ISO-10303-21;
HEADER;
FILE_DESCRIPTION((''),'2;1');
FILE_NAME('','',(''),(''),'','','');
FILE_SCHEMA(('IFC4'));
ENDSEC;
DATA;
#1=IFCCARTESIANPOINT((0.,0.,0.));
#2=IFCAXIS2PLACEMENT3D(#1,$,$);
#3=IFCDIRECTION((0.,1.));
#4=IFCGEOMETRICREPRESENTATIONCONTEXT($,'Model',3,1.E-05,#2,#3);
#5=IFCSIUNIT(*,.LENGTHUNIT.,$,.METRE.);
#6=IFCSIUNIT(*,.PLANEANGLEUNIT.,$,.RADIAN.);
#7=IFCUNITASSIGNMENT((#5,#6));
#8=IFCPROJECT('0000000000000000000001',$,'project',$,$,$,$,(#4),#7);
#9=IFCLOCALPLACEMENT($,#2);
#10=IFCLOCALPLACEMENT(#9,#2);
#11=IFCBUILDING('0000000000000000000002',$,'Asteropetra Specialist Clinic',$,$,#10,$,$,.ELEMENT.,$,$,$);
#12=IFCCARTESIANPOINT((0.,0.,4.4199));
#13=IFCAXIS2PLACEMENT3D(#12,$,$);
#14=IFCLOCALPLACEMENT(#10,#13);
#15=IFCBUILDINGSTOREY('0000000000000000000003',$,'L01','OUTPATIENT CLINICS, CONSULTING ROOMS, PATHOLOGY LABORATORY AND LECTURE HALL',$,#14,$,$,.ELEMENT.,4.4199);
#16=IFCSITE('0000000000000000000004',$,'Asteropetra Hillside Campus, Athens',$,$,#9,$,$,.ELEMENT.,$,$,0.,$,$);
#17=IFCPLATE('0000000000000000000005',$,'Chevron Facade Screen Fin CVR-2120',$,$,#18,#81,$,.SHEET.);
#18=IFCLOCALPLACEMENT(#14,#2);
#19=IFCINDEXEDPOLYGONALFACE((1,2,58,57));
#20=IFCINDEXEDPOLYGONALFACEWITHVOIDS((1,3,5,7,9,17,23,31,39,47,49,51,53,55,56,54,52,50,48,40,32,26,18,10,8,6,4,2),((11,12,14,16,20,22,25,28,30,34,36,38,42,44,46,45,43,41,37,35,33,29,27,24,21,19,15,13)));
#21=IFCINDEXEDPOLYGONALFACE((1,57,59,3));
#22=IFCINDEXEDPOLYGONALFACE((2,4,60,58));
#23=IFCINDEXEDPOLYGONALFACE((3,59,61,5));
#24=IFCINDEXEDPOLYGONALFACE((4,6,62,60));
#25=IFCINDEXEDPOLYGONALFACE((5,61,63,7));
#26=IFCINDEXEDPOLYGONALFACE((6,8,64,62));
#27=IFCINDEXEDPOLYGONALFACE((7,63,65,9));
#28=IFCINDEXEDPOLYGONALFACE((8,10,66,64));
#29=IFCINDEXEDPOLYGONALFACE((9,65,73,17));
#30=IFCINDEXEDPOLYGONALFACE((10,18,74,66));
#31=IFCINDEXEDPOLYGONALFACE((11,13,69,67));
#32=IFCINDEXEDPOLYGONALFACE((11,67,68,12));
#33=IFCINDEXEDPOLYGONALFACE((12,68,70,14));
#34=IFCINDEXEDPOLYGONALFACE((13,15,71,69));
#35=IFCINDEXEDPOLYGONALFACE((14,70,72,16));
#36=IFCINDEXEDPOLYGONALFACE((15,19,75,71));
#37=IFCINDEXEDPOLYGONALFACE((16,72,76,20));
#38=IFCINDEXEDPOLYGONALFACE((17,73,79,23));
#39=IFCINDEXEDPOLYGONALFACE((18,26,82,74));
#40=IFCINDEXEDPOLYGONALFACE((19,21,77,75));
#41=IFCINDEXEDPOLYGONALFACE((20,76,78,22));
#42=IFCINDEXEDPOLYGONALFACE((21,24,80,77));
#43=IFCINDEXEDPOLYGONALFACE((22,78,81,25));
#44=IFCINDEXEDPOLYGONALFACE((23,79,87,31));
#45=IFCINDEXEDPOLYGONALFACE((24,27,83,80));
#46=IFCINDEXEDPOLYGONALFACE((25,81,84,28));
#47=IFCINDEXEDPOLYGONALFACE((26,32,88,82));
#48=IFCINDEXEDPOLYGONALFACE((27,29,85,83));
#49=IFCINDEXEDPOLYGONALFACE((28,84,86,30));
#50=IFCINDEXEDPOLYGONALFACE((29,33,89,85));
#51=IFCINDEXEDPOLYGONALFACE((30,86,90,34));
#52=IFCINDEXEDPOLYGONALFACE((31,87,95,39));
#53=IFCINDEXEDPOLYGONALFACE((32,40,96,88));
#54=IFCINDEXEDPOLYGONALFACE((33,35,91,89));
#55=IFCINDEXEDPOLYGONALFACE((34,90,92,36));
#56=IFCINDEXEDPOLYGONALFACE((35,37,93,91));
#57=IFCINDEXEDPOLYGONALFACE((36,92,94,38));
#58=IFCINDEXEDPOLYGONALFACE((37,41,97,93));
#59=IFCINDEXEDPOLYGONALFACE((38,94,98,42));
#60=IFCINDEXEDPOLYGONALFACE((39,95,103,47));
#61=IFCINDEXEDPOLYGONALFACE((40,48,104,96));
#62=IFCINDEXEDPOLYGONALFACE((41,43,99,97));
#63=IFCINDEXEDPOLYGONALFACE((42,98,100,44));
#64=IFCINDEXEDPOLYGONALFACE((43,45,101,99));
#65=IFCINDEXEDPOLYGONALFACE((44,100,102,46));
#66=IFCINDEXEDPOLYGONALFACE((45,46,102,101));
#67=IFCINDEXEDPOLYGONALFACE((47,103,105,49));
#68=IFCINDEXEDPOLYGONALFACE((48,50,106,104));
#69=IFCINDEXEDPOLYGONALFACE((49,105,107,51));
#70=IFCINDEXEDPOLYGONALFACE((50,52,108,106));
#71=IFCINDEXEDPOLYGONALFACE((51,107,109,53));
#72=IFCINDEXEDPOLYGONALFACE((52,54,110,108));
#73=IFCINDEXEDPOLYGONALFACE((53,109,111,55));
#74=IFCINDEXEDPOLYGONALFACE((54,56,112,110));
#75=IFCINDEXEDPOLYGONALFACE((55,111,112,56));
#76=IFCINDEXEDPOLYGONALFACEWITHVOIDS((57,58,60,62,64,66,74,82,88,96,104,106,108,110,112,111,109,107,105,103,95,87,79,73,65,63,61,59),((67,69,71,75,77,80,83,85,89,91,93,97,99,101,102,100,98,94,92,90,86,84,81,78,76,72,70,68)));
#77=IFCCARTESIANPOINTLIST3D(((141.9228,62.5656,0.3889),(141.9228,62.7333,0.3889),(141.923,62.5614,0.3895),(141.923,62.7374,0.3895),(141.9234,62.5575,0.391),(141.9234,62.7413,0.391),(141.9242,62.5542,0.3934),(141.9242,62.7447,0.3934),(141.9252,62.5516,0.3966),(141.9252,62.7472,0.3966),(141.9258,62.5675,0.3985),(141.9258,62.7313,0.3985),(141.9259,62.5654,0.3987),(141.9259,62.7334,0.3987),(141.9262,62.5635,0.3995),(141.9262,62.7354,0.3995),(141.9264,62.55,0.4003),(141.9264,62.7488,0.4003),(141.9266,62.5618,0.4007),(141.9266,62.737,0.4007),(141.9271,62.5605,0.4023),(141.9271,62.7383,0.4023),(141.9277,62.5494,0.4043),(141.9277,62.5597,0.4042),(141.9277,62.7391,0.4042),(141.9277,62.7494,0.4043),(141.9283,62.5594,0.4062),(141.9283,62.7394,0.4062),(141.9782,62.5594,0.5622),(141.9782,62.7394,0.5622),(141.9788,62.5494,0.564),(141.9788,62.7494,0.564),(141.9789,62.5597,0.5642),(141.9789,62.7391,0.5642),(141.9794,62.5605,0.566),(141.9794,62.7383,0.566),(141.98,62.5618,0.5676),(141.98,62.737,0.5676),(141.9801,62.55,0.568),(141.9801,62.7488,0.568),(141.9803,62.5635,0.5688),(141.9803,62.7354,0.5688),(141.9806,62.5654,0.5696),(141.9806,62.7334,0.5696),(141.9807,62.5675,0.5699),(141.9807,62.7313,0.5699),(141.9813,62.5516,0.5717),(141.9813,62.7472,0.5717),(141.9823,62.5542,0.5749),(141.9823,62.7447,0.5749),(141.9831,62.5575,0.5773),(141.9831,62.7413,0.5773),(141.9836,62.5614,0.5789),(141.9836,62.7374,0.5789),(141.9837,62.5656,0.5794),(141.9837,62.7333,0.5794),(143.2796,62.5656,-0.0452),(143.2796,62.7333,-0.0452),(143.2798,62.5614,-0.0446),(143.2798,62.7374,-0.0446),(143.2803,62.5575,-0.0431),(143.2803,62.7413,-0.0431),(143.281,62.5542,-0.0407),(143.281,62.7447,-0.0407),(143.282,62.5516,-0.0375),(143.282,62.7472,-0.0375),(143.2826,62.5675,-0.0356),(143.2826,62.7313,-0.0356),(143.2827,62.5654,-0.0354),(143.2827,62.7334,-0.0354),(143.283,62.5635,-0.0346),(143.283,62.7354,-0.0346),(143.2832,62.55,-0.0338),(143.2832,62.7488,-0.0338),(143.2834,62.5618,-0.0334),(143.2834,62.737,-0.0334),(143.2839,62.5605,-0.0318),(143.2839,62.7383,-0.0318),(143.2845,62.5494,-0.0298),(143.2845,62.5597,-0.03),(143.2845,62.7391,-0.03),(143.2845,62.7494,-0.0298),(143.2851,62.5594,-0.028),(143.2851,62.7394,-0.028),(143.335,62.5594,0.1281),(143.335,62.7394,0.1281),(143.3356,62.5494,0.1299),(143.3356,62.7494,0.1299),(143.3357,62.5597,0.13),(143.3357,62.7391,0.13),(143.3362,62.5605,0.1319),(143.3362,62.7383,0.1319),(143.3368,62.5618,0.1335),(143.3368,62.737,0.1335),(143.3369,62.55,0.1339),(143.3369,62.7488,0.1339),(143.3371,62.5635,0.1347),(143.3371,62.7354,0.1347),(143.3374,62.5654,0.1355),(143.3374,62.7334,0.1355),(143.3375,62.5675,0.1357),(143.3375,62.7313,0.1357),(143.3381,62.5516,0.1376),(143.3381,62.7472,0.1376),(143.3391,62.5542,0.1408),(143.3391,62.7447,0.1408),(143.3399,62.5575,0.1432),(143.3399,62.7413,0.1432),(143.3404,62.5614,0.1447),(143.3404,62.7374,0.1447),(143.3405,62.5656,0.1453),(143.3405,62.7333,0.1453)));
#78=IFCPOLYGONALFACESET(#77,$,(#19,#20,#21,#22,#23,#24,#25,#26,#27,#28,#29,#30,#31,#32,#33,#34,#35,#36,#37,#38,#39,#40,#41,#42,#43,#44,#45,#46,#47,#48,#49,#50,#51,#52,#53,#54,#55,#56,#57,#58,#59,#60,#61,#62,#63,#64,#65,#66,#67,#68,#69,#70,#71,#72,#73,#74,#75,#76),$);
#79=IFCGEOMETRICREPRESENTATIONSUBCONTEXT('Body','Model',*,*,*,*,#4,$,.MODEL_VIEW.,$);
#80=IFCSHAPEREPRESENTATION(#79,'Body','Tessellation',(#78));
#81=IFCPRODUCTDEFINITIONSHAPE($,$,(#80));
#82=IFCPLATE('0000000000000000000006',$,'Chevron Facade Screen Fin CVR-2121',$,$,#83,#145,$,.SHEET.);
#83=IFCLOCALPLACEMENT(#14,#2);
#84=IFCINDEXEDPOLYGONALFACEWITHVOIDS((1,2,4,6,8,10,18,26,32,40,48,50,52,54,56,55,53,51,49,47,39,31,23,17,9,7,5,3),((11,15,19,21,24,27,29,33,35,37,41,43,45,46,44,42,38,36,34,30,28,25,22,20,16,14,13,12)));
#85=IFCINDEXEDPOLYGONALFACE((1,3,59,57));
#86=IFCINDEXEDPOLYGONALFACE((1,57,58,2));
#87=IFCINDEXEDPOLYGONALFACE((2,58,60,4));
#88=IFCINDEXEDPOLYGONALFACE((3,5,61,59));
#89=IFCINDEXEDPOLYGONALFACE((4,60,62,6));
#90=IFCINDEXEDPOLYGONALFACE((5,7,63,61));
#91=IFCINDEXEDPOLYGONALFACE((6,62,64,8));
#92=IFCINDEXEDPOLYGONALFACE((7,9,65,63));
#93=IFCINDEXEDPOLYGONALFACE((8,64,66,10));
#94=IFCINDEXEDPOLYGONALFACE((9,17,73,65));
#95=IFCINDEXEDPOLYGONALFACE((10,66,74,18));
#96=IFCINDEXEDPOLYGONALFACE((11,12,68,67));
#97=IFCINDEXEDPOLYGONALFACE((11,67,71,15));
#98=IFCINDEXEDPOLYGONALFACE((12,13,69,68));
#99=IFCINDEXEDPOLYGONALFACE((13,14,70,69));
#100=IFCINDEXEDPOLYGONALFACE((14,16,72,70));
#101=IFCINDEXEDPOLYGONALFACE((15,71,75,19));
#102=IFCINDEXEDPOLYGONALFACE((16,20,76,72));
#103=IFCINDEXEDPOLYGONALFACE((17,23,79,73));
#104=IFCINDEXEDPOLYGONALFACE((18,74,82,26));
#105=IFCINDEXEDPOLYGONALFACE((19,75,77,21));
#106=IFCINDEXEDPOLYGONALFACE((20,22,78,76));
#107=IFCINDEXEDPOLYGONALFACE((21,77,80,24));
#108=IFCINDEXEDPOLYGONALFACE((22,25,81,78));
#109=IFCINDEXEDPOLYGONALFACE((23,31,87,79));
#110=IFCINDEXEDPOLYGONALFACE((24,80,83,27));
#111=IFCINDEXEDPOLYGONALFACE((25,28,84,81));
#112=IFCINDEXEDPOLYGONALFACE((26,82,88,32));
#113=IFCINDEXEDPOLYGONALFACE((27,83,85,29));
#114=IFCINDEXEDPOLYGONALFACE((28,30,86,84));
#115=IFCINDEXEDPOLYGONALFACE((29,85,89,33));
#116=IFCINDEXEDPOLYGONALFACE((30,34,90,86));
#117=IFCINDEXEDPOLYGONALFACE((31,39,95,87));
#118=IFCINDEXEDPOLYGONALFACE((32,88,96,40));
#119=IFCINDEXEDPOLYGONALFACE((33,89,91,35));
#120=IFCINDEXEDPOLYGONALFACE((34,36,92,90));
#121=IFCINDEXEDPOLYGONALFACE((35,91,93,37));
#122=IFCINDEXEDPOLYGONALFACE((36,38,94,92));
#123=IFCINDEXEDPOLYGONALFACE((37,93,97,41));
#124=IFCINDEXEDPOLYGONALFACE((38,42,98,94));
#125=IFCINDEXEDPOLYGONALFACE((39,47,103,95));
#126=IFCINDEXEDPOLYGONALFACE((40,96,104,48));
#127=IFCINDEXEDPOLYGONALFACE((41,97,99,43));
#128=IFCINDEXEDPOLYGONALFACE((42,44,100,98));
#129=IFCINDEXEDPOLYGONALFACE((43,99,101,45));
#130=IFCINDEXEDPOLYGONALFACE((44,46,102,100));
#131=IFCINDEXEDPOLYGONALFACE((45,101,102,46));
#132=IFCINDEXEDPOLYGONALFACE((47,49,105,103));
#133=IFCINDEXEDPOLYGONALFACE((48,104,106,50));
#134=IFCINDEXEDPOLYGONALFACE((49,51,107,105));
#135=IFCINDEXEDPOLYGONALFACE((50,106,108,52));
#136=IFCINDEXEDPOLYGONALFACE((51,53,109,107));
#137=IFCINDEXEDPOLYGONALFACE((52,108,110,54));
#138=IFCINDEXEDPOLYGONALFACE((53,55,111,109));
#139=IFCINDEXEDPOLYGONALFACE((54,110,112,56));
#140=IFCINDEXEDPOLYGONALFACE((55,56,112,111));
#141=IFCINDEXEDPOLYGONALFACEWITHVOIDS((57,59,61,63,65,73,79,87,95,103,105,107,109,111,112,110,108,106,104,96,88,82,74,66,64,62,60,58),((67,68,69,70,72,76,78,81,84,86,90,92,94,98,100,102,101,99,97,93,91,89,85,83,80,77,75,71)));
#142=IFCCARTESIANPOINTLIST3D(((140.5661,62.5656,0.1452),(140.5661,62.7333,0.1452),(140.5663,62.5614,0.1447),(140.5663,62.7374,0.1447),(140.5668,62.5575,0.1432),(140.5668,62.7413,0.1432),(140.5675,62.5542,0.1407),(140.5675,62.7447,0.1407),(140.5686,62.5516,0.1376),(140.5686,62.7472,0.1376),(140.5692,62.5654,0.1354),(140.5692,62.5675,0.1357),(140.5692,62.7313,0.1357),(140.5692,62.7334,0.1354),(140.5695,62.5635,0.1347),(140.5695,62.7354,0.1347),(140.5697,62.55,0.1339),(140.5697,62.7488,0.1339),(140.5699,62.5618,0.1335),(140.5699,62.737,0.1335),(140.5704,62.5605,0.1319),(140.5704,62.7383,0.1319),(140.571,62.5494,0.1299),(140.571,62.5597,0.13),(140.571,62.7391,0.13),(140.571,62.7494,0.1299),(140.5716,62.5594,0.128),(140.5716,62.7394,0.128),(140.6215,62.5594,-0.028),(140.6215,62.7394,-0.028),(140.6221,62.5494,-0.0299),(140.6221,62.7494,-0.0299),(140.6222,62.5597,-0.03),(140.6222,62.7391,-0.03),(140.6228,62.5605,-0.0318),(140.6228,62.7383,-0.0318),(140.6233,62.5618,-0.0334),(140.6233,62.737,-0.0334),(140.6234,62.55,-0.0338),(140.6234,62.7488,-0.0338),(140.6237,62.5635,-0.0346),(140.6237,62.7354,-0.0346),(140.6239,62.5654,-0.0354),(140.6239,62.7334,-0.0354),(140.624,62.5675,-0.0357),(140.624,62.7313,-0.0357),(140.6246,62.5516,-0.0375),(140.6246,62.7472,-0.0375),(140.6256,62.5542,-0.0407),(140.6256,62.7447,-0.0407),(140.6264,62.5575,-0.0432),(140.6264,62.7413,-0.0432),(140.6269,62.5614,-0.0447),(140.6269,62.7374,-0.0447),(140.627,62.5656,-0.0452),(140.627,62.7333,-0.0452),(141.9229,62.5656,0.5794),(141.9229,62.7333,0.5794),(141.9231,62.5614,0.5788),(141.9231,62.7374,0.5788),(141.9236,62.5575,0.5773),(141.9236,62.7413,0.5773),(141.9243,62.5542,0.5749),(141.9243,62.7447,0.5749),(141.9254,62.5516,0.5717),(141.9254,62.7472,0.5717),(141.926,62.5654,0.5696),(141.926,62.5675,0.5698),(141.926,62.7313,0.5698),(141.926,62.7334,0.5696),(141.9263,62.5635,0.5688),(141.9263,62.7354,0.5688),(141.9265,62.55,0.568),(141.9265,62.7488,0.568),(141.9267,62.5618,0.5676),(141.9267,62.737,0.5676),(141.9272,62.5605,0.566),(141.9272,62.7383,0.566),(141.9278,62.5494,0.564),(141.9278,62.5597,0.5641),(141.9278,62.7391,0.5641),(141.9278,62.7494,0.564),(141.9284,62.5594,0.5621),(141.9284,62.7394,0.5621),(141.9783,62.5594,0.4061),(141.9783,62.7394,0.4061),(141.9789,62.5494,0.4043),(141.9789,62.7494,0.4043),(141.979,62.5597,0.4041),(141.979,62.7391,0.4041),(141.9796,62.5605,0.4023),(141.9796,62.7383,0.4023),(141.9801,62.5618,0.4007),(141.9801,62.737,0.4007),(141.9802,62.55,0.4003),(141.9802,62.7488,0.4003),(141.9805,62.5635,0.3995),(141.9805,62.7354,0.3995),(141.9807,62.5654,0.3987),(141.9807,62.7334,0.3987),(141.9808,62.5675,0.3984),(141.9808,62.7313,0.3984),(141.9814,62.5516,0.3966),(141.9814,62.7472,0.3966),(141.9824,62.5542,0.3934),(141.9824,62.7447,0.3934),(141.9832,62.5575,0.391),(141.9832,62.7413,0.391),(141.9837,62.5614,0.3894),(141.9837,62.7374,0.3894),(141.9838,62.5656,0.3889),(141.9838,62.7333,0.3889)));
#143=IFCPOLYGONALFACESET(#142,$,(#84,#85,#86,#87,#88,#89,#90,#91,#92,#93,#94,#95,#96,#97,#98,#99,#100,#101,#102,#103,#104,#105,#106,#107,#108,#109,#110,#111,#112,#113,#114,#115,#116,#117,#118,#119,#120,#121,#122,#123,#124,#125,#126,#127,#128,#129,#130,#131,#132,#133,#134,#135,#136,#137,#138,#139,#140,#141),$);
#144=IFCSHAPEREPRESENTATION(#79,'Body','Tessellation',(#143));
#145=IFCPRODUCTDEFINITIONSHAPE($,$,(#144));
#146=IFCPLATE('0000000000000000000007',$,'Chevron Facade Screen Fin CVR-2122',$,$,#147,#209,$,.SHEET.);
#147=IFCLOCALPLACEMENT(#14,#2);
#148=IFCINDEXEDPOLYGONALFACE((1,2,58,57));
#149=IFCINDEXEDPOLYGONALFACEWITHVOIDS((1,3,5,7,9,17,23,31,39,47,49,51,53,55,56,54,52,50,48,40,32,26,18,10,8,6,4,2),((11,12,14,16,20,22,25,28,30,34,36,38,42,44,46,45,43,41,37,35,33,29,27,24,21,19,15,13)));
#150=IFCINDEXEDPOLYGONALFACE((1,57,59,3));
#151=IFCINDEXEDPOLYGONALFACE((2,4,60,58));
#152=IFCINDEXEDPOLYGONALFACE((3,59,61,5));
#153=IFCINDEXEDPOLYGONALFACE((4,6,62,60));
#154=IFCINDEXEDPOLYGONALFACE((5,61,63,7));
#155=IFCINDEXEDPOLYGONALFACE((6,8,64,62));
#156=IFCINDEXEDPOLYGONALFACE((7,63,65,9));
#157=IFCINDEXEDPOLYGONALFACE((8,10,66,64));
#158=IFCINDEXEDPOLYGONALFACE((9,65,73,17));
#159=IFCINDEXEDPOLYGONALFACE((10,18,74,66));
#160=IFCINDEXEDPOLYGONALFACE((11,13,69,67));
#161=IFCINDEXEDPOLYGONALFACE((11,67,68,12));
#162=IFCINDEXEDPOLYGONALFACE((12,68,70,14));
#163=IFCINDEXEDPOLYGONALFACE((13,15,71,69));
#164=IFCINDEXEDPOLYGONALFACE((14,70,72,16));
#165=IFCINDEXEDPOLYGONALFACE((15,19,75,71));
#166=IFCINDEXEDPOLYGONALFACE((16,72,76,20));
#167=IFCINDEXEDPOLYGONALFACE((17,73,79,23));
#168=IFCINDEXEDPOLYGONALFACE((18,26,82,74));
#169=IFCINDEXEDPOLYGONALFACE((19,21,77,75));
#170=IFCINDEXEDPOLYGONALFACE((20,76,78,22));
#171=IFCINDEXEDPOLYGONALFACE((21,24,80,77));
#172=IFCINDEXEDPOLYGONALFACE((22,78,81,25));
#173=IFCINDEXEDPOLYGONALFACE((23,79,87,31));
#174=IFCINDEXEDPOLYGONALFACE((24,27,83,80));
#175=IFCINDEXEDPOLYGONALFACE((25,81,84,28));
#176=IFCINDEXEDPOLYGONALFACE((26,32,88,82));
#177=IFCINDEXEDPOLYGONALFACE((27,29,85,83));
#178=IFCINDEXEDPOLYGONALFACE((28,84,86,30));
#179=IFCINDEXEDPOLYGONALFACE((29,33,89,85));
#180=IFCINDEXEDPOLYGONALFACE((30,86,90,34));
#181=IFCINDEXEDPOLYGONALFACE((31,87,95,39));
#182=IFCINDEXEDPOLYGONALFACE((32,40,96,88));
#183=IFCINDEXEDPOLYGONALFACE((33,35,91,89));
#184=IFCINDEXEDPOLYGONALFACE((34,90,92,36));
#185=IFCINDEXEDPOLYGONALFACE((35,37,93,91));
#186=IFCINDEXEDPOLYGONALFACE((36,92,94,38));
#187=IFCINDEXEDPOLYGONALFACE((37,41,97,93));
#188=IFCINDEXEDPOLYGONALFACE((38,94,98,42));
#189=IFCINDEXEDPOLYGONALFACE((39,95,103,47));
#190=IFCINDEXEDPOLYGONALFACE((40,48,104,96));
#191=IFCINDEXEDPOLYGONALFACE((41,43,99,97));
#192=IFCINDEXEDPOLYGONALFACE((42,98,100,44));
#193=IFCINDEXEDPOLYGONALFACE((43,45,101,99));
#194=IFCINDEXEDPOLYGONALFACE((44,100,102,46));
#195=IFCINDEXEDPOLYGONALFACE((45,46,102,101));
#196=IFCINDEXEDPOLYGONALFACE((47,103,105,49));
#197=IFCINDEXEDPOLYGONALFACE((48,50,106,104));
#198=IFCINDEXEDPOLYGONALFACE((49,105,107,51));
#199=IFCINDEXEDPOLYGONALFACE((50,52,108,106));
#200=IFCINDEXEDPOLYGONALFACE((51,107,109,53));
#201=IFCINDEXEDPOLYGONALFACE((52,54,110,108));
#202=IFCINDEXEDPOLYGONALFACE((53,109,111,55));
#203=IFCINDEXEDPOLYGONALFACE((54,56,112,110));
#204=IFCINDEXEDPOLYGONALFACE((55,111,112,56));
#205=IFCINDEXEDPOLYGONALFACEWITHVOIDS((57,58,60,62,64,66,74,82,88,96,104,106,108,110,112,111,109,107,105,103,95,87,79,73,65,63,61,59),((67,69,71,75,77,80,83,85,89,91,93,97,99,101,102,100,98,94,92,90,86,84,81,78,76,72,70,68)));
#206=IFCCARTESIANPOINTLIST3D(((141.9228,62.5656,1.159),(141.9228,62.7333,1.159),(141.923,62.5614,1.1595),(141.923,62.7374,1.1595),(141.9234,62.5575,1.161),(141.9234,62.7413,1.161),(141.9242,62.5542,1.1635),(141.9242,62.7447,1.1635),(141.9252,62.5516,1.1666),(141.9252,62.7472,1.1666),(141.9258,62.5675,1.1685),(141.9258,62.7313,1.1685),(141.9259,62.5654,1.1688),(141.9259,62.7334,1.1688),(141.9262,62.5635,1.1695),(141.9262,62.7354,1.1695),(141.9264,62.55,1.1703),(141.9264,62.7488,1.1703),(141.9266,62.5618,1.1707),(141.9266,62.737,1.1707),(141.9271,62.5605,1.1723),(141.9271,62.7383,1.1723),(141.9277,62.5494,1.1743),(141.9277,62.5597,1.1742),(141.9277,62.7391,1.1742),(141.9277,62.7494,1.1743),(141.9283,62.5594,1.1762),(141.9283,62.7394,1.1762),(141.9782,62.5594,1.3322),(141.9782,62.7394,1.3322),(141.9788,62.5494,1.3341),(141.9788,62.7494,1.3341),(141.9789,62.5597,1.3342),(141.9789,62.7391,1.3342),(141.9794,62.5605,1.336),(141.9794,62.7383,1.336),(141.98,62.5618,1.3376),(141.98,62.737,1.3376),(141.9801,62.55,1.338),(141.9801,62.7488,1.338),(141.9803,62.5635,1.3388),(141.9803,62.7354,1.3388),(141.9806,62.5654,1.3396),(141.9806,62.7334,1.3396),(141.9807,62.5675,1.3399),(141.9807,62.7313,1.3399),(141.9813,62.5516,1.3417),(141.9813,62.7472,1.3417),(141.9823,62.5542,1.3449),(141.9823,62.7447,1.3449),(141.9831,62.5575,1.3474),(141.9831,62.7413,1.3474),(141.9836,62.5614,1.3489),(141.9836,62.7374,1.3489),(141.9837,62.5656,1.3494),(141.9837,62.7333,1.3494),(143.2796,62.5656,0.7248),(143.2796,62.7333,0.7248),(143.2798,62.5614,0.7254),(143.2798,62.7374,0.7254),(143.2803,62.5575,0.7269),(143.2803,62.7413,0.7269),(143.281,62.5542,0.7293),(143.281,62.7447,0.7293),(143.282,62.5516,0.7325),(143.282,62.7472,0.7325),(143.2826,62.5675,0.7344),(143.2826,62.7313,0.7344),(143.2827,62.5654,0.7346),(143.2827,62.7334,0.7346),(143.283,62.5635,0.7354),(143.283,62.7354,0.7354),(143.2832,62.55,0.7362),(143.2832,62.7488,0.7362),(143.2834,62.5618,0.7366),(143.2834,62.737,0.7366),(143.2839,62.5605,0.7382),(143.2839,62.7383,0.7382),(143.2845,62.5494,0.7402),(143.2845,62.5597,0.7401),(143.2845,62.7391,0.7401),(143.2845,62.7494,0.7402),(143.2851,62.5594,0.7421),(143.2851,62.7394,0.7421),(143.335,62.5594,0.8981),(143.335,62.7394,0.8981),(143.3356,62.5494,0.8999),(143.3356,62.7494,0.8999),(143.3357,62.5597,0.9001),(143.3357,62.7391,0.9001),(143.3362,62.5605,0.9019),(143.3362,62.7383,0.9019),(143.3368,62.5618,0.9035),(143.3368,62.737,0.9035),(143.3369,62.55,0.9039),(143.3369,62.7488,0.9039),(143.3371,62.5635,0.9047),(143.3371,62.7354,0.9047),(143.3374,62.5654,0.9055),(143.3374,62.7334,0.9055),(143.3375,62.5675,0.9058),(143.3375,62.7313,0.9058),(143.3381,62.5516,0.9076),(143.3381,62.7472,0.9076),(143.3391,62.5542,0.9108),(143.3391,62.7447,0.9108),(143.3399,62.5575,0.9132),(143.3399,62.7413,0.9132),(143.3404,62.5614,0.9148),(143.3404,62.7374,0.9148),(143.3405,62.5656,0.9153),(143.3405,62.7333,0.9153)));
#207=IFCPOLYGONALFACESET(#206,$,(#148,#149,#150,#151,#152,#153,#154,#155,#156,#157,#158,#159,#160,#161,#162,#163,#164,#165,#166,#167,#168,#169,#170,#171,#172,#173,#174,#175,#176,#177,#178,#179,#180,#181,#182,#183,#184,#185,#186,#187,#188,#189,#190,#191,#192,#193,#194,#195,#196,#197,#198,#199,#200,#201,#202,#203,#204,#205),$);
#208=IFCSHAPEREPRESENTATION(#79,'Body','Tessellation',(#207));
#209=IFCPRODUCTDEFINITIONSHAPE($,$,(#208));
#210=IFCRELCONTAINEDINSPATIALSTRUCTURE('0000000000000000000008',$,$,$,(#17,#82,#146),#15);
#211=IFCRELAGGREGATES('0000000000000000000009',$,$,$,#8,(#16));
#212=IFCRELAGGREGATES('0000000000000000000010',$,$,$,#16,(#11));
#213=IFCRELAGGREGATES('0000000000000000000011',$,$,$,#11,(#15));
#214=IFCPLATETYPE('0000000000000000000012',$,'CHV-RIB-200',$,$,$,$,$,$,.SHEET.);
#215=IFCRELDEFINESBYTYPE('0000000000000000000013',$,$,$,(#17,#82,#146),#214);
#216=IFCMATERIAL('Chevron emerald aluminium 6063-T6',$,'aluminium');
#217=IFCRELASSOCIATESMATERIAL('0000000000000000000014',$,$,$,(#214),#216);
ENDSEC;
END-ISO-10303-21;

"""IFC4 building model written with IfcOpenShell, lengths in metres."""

from ifc_helpers import new_model, si_unit, direction, frame, origin, origin_2d, place, context, subcontext, project, spatial, hollow_rectangle, extrude, material, material_profile, profile_set, type_object, element, save


model = new_model("IFC4")

# Units and contexts
model_context = context("Model", 3, precision=1e-05, world=origin(), true_north=direction((0.0, 1.0)))
body_context = subcontext(model_context, "Body", "Model", "MODEL_VIEW")
ifc_project = project(units=[si_unit("LENGTHUNIT", "METRE"), si_unit("PLANEANGLEUNIT", "RADIAN")], contexts=[model_context])

# Site, building, storey
site_placement = place(None, origin())
site = spatial("IfcSite", under=ifc_project, at=site_placement, Name="Asteropetra Hillside Campus, Athens", CompositionType="ELEMENT", RefElevation=0.0)
building_placement = place(site_placement, origin())
building = spatial("IfcBuilding", under=site, at=building_placement, Name="Asteropetra Specialist Clinic", CompositionType="ELEMENT")
storey_placement = place(building_placement, frame((0.0, 0.0, 4.4199)))
storey = spatial("IfcBuildingStorey", under=building, at=storey_placement, Name="L01", Description="OUTPATIENT CLINICS, CONSULTING ROOMS, PATHOLOGY LABORATORY AND LECTURE HALL", CompositionType="ELEMENT", Elevation=4.4199)

# Plates
ifc_material_1 = material(Name="Chevron emerald aluminium 6063-T6", Category="aluminium")
ifc_material_profile_1 = material_profile(ifc_material_1, hollow_rectangle(XDim=0.2, YDim=0.2, WallThickness=0.01, InnerFilletRadius=0.0081, OuterFilletRadius=0.0161, at=origin_2d()), Name="SHS 200x200x10.0")
ifc_profile_set_1 = profile_set([ifc_material_profile_1], Name="Chevron emerald aluminium 6063-T6")
plate_type_1 = type_object("IfcPlateType", Name="CHV-RIB-200", PredefinedType="SHEET", material=ifc_profile_set_1)
for number, where, z_axis, x_axis, name in (
    (1, (143.3101, 62.6494, 0.05), (-0.952436, 0.0, 0.304738), (0.0, -1.0, 0.0), "Chevron Facade Screen Fin CVR-2120"),
    (2, (141.9534, 62.6494, 0.4841), (-0.952436, 0.0, -0.304738), (0.0, -1.0, 0.0), "Chevron Facade Screen Fin CVR-2121"),
    (3, (143.3101, 62.6494, 0.8201), (-0.952436, 0.0, 0.304738), (0.0, -1.0, 0.0), "Chevron Facade Screen Fin CVR-2122"),
):
    element("IfcPlate", number, at=place(storey_placement, frame(where, z_axis=z_axis, x_axis=x_axis)), inside=storey, type_object=plate_type_1, Name=name, PredefinedType="SHEET", context=body_context, shape_type="SweptSolid", body=[
        extrude(hollow_rectangle(XDim=0.2, YDim=0.2, WallThickness=0.01, InnerFilletRadius=0.0081, OuterFilletRadius=0.0161, at=origin_2d()), origin(), (0.0, 0.0, 1.0), 1.4246),
    ])

save(model, "model.ifc")
